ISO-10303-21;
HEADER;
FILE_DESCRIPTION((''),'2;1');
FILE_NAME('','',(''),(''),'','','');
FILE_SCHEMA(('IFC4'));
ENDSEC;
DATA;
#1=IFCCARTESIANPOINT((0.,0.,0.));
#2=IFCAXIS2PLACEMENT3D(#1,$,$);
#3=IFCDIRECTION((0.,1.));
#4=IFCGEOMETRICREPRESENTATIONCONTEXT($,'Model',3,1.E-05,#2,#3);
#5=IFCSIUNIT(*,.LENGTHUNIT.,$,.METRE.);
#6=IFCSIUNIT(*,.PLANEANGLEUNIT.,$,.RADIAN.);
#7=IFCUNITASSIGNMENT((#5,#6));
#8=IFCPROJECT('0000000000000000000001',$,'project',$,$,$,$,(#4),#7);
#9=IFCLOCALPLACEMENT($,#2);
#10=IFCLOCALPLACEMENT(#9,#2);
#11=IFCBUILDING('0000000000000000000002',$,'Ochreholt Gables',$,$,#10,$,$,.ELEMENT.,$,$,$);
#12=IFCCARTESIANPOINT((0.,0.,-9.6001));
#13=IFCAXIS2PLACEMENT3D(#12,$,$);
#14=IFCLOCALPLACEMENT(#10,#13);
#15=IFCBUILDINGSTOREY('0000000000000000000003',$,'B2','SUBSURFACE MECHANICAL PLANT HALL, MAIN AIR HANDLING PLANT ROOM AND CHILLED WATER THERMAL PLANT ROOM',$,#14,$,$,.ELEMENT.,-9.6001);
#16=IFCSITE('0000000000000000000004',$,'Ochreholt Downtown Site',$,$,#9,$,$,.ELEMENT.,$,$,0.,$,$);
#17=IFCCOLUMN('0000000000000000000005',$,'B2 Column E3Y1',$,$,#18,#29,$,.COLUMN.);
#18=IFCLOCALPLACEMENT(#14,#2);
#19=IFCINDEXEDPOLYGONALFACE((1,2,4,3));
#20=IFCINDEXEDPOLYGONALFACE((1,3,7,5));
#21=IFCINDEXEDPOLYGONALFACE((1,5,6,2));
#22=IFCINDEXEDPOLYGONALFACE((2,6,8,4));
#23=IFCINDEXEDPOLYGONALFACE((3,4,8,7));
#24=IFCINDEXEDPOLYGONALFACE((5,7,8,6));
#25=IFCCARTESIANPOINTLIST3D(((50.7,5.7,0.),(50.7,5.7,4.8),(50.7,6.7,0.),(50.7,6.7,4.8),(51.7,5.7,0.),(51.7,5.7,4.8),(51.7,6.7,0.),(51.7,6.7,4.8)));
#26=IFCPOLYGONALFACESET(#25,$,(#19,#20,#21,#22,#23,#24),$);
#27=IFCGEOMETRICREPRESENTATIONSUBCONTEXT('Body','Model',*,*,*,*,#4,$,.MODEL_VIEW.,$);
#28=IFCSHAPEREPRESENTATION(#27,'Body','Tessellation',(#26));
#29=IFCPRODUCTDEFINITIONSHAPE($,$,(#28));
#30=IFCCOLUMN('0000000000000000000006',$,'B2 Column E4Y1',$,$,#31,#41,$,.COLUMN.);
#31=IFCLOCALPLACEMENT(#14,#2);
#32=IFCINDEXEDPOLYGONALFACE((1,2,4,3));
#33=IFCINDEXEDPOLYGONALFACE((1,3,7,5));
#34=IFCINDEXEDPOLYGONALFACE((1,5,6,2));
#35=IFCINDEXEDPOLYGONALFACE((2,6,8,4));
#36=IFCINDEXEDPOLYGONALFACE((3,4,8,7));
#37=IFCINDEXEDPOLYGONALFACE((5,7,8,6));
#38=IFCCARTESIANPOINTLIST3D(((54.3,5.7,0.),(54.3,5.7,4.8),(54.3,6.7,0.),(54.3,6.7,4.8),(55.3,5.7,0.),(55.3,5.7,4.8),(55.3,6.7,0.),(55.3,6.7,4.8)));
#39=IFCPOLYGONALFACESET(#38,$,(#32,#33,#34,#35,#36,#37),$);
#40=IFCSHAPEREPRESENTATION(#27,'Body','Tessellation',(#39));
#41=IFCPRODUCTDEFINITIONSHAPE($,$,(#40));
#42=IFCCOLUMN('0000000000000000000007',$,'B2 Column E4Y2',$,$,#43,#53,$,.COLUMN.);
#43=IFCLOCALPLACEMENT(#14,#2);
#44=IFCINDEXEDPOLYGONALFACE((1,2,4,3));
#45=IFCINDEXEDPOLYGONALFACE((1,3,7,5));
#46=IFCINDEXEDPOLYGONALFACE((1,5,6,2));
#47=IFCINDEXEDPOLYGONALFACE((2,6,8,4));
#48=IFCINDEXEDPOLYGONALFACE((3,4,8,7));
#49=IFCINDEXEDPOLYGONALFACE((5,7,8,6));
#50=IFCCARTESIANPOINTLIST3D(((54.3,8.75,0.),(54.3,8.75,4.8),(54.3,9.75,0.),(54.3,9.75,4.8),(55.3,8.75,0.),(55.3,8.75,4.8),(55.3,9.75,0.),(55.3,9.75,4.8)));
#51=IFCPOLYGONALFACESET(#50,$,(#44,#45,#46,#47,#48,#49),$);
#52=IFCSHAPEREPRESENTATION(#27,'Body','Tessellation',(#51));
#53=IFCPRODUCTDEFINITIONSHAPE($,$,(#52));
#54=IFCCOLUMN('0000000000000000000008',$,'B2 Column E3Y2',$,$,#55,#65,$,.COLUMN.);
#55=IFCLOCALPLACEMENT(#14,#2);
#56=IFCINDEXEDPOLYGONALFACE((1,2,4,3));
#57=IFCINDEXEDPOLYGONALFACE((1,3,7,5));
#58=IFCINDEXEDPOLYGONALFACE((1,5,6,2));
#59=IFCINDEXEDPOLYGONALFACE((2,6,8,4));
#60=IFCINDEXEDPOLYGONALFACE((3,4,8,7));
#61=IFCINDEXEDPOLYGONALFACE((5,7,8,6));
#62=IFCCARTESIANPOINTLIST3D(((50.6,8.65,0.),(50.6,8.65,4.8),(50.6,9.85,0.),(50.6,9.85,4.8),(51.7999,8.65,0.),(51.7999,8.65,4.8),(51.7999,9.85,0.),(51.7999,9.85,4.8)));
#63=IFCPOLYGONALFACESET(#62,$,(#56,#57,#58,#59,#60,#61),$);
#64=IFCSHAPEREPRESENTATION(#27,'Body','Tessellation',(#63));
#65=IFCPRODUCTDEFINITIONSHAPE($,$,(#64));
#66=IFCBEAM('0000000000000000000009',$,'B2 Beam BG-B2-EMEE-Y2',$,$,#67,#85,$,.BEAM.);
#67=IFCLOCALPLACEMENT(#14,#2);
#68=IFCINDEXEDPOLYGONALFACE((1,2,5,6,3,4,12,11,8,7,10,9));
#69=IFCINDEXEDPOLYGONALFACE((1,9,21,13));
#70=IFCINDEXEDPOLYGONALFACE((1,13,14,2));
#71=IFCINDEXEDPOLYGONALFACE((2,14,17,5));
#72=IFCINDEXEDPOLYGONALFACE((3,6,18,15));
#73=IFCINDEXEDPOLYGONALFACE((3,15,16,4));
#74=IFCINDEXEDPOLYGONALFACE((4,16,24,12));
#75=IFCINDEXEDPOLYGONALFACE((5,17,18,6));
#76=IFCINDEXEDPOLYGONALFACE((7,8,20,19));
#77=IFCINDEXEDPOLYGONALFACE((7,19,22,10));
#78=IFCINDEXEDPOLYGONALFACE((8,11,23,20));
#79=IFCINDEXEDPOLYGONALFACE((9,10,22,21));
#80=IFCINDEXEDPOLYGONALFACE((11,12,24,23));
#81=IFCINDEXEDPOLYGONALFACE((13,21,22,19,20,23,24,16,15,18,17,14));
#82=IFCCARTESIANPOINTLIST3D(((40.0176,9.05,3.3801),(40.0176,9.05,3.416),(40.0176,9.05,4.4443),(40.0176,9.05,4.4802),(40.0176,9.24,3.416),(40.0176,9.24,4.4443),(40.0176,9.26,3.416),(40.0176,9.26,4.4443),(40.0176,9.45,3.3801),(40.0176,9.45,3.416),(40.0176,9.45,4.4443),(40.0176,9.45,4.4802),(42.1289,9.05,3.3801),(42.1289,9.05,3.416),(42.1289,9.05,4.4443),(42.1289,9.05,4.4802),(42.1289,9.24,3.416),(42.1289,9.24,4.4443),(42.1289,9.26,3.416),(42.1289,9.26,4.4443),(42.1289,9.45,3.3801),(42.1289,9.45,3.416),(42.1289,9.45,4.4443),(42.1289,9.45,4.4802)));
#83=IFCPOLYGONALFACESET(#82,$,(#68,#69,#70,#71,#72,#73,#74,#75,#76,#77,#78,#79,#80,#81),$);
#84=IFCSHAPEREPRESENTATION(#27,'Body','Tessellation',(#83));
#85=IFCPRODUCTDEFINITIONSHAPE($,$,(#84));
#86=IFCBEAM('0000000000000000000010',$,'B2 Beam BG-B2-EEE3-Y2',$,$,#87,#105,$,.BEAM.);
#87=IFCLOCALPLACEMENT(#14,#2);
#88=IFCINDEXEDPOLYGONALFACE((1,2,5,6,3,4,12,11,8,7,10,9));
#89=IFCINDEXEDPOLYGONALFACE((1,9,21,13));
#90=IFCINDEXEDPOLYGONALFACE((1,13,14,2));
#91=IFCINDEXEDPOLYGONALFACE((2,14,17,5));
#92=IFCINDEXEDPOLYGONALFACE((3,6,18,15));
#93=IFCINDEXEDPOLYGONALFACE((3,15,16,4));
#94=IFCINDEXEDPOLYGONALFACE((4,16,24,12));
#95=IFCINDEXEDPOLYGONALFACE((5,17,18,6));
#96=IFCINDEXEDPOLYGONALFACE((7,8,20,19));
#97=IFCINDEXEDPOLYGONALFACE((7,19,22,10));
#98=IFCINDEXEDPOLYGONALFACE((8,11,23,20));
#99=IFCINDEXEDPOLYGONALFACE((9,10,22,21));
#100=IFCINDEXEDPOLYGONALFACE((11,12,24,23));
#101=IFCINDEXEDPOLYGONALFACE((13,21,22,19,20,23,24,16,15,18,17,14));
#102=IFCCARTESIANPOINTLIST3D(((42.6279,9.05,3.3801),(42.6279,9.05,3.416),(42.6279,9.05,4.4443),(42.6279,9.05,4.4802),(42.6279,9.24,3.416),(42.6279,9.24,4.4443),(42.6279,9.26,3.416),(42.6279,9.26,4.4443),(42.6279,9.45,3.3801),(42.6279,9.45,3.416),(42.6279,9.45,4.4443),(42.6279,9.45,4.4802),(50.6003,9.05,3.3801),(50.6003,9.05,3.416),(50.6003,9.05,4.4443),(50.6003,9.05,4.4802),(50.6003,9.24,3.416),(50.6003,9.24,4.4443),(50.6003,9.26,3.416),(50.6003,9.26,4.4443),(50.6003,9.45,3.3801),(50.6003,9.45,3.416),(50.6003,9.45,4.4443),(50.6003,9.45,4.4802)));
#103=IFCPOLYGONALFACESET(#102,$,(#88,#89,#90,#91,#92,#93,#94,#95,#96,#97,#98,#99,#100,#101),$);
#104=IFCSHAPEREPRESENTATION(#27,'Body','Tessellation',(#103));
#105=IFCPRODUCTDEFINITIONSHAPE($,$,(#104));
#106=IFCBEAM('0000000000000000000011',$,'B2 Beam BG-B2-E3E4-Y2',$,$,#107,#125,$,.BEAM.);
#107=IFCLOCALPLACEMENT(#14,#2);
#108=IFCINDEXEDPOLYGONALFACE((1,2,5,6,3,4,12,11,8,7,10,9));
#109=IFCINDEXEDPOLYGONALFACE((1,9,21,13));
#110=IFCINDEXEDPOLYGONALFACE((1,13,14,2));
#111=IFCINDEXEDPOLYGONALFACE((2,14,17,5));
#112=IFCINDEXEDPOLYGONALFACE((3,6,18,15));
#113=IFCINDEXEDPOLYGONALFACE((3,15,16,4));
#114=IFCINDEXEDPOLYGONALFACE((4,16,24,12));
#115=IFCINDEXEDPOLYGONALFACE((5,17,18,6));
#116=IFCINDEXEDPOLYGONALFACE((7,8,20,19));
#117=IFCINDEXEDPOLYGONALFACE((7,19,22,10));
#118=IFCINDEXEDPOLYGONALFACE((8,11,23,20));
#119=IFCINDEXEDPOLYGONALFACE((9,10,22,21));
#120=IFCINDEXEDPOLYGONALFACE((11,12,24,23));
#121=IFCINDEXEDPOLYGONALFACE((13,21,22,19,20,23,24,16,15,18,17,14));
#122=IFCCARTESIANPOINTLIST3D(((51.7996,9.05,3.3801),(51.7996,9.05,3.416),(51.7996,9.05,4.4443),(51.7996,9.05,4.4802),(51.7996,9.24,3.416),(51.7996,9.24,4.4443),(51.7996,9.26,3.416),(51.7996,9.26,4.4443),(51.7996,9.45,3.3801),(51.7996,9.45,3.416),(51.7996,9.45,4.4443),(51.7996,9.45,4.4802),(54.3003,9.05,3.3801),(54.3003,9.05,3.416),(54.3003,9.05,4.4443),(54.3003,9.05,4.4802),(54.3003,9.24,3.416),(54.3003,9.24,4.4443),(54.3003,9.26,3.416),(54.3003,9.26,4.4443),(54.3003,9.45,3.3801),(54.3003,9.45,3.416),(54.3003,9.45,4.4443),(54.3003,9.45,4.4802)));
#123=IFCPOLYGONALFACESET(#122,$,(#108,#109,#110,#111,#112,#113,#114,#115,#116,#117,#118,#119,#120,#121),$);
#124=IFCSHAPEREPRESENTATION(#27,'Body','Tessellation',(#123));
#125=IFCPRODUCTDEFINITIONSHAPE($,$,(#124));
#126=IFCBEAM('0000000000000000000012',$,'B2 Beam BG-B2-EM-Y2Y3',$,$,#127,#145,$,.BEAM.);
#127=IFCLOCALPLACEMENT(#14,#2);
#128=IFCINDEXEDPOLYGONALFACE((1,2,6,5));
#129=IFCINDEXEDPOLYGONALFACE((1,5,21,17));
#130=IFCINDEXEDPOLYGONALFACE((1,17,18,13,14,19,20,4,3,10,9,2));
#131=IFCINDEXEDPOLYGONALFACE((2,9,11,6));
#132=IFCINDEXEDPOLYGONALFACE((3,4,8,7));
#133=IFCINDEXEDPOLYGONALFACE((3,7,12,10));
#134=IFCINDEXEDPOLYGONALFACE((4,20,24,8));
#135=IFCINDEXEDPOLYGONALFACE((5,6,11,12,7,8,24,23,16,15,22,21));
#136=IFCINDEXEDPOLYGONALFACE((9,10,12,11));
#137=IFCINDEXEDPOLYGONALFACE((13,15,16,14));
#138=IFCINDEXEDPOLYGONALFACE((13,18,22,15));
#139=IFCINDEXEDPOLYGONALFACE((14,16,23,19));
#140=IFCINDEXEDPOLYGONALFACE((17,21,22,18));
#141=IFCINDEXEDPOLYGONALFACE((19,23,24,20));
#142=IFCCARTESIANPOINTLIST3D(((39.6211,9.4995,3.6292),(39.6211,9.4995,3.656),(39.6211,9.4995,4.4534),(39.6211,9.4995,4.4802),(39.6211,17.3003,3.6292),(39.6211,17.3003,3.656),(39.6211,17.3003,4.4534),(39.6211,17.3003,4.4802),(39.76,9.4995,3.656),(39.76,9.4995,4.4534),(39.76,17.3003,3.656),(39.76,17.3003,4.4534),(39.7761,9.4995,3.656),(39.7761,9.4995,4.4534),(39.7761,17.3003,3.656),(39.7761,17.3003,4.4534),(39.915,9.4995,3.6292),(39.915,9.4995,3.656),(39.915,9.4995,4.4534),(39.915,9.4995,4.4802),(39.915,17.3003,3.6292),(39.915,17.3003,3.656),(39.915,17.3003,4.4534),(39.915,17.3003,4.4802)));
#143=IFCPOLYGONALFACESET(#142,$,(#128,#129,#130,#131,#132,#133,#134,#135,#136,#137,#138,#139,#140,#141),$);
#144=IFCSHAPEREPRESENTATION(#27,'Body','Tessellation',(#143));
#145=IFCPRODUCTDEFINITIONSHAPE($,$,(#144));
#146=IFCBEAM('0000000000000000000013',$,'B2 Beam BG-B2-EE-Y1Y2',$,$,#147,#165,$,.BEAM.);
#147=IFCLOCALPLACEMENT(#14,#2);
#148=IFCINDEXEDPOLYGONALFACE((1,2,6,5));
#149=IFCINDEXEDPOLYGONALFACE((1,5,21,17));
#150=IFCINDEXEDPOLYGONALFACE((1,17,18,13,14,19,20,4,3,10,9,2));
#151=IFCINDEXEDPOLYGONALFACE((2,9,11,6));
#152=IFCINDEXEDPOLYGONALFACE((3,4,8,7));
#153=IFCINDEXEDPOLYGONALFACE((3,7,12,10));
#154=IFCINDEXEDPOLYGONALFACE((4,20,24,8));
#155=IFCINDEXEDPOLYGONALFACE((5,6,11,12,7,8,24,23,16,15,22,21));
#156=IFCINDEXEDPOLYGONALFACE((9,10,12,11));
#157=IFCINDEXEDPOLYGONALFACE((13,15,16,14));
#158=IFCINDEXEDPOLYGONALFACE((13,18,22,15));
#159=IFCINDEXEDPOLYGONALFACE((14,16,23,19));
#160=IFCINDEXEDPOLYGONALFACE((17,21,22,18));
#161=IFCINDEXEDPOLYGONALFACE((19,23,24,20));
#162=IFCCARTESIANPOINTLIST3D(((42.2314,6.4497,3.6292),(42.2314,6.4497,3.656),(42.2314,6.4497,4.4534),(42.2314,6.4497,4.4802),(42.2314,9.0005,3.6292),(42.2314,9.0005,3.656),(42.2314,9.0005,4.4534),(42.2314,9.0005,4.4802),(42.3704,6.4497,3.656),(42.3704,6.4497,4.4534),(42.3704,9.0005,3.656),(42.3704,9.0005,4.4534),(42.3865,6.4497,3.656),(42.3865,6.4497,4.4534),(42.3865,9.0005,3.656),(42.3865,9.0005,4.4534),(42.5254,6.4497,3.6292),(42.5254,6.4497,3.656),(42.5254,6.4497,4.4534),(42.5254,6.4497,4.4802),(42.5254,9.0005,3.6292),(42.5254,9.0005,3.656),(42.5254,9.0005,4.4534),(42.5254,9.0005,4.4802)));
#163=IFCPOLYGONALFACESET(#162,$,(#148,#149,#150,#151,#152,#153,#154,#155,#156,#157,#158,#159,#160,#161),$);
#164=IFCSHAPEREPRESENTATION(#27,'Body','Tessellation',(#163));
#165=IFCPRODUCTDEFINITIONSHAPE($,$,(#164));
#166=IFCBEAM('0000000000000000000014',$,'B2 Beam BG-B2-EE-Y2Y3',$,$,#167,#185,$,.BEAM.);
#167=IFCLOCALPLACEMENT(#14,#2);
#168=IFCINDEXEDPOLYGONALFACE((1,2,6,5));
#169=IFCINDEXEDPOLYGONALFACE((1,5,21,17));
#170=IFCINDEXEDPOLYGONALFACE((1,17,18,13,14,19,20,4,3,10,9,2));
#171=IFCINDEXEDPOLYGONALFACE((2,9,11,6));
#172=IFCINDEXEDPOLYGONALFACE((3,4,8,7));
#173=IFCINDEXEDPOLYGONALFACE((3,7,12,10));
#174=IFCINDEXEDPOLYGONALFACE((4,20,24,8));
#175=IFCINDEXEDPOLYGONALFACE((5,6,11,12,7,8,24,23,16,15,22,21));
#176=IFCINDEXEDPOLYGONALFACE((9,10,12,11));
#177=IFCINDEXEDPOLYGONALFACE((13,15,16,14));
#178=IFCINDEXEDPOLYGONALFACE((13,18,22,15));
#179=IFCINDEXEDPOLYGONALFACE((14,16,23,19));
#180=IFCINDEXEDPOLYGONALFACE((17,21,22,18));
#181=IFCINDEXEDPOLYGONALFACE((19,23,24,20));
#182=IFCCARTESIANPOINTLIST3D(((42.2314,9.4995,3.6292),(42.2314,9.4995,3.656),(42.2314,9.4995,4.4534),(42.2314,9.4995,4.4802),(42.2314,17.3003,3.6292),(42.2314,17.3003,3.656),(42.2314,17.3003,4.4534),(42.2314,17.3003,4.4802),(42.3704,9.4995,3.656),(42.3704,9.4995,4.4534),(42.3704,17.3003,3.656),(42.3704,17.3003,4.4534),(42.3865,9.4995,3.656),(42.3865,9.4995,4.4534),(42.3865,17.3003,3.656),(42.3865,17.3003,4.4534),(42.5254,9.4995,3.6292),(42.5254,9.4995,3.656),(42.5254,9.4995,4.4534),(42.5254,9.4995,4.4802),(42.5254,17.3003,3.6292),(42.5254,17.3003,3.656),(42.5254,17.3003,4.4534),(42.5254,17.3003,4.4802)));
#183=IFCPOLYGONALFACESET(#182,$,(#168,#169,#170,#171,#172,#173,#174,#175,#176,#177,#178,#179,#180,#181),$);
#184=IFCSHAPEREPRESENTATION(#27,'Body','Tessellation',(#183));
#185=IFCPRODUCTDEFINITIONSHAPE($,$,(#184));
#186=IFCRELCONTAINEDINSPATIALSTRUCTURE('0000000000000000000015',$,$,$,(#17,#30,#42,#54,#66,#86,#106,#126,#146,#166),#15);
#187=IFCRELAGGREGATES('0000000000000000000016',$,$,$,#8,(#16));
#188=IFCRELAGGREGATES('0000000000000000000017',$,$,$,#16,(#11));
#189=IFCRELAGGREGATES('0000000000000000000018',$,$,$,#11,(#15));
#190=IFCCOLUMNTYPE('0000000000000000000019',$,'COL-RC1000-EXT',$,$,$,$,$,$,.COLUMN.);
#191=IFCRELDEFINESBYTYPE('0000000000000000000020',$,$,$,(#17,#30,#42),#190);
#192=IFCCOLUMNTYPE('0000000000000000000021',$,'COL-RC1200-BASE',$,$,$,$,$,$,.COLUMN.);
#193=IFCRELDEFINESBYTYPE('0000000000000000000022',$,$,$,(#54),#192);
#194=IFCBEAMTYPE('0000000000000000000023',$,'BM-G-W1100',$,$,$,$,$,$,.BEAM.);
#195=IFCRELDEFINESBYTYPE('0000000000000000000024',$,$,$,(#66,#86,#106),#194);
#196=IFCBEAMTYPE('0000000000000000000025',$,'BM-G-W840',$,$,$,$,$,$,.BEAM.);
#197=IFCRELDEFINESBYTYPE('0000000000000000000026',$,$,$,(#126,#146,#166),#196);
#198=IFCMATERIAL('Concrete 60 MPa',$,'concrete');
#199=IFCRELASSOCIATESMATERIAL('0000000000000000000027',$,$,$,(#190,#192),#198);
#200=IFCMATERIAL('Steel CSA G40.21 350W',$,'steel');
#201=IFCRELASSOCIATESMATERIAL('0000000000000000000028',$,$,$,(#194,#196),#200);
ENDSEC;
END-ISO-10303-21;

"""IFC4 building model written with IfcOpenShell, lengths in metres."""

from ifc_helpers import new_model, si_unit, direction, frame, origin, origin_2d, place, context, subcontext, project, spatial, rectangle, i_section, extrude, material, material_profile, profile_set, type_object, element, save


model = new_model("IFC4")

# Units and contexts
model_context = context("Model", 3, precision=1e-05, world=origin(), true_north=direction((0.0, 1.0)))
body_context = subcontext(model_context, "Body", "Model", "MODEL_VIEW")
ifc_project = project(units=[si_unit("LENGTHUNIT", "METRE"), si_unit("PLANEANGLEUNIT", "RADIAN")], contexts=[model_context])

# Site, building, storey
site_placement = place(None, origin())
site = spatial("IfcSite", under=ifc_project, at=site_placement, Name="Ochreholt Downtown Site", CompositionType="ELEMENT", RefElevation=0.0)
building_placement = place(site_placement, origin())
building = spatial("IfcBuilding", under=site, at=building_placement, Name="Ochreholt Gables", CompositionType="ELEMENT")
storey_placement = place(building_placement, frame((0.0, 0.0, -9.6001)))
storey = spatial("IfcBuildingStorey", under=building, at=storey_placement, Name="B2", Description="SUBSURFACE MECHANICAL PLANT HALL, MAIN AIR HANDLING PLANT ROOM AND CHILLED WATER THERMAL PLANT ROOM", CompositionType="ELEMENT", Elevation=-9.6001)

# Columns
ifc_material_1 = material(Name="Steel CSA G40.21 350W", Category="steel")
ifc_material_2 = material(Name="Concrete 60 MPa", Category="concrete")
ifc_material_profile_1 = material_profile(ifc_material_2, rectangle(XDim=1.0, YDim=1.0, at=origin_2d()), Name="RC1000X1000")
ifc_profile_set_1 = profile_set([ifc_material_profile_1], Name="Concrete 60 MPa")
column_type_1 = type_object("IfcColumnType", Name="COL-RC1000-EXT", PredefinedType="COLUMN", material=ifc_profile_set_1)
for number, where, z_axis, x_axis, name in (
    (1, (51.2, 6.2, 0.0), (0.0, 0.0, 1.0), (1.0, 0.0, 0.0), "B2 Column E3Y1"),
    (2, (54.8, 6.2, 0.0), (0.0, 0.0, 1.0), (1.0, 0.0, 0.0), "B2 Column E4Y1"),
    (3, (54.8, 9.25, 0.0), (0.0, 0.0, 1.0), (1.0, 0.0, 0.0), "B2 Column E4Y2"),
):
    element("IfcColumn", number, at=place(storey_placement, frame(where, z_axis=z_axis, x_axis=x_axis)), inside=storey, type_object=column_type_1, Name=name, PredefinedType="COLUMN", context=body_context, shape_type="SweptSolid", body=[
        extrude(rectangle(XDim=1.0, YDim=1.0, at=origin_2d()), origin(), (0.0, 0.0, 1.0), 4.8),
    ])
ifc_material_profile_2 = material_profile(ifc_material_2, rectangle(XDim=1.2, YDim=1.2, at=origin_2d()), Name="RC1200X1200")
ifc_profile_set_2 = profile_set([ifc_material_profile_2], Name="Concrete 60 MPa")
column_type_2 = type_object("IfcColumnType", Name="COL-RC1200-BASE", PredefinedType="COLUMN", material=ifc_profile_set_2)
column_1_placement = place(storey_placement, frame((51.2, 9.25, 0.0), z_axis=(0.0, 0.0, 1.0), x_axis=(1.0, 0.0, 0.0)))
element("IfcColumn", 4, at=column_1_placement, inside=storey, type_object=column_type_2, Name="B2 Column E3Y2", PredefinedType="COLUMN", context=body_context, shape_type="SweptSolid", body=[
    extrude(rectangle(XDim=1.2, YDim=1.2, at=origin_2d()), origin(), (0.0, 0.0, 1.0), 4.8),
])

# Beams
ifc_material_profile_3 = material_profile(ifc_material_1, i_section(OverallWidth=0.3999, OverallDepth=1.1001, WebThickness=0.02, FlangeThickness=0.0359, at=origin_2d()), Name="W1100X390")
ifc_profile_set_3 = profile_set([ifc_material_profile_3], Name="Steel CSA G40.21 350W")
beam_type_1 = type_object("IfcBeamType", Name="BM-G-W1100", PredefinedType="BEAM", material=ifc_profile_set_3)
beam_1_placement = place(storey_placement, frame((40.0176, 9.25, 3.9302), z_axis=(1.0, 0.0, 0.0), x_axis=(0.0, 1.0, 0.0)))
element("IfcBeam", 5, at=beam_1_placement, inside=storey, type_object=beam_type_1, Name="B2 Beam BG-B2-EMEE-Y2", PredefinedType="BEAM", context=body_context, shape_type="SweptSolid", body=[
    extrude(i_section(OverallWidth=0.3999, OverallDepth=1.1001, WebThickness=0.02, FlangeThickness=0.0359, at=origin_2d()), origin(), (0.0, 0.0, 1.0), 2.1113),
])
beam_2_placement = place(storey_placement, frame((42.6279, 9.25, 3.9302), z_axis=(1.0, 0.0, 0.0), x_axis=(0.0, 1.0, 0.0)))
element("IfcBeam", 6, at=beam_2_placement, inside=storey, type_object=beam_type_1, Name="B2 Beam BG-B2-EEE3-Y2", PredefinedType="BEAM", context=body_context, shape_type="SweptSolid", body=[
    extrude(i_section(OverallWidth=0.3999, OverallDepth=1.1001, WebThickness=0.02, FlangeThickness=0.0359, at=origin_2d()), origin(), (0.0, 0.0, 1.0), 7.9724),
])
beam_3_placement = place(storey_placement, frame((51.7996, 9.25, 3.9302), z_axis=(1.0, 0.0, 0.0), x_axis=(0.0, 1.0, 0.0)))
element("IfcBeam", 7, at=beam_3_placement, inside=storey, type_object=beam_type_1, Name="B2 Beam BG-B2-E3E4-Y2", PredefinedType="BEAM", context=body_context, shape_type="SweptSolid", body=[
    extrude(i_section(OverallWidth=0.3999, OverallDepth=1.1001, WebThickness=0.02, FlangeThickness=0.0359, at=origin_2d()), origin(), (0.0, 0.0, 1.0), 2.5007),
])
ifc_material_profile_4 = material_profile(ifc_material_1, i_section(OverallWidth=0.2939, OverallDepth=0.8511, WebThickness=0.0161, FlangeThickness=0.0269, at=origin_2d()), Name="W840X226")
ifc_profile_set_4 = profile_set([ifc_material_profile_4], Name="Steel CSA G40.21 350W")
beam_type_2 = type_object("IfcBeamType", Name="BM-G-W840", PredefinedType="BEAM", material=ifc_profile_set_4)
beam_4_placement = place(storey_placement, frame((39.7681, 9.4995, 4.0547), z_axis=(0.0, 1.0, 0.0), x_axis=(-1.0, 0.0, 0.0)))
element("IfcBeam", 8, at=beam_4_placement, inside=storey, type_object=beam_type_2, Name="B2 Beam BG-B2-EM-Y2Y3", PredefinedType="BEAM", context=body_context, shape_type="SweptSolid", body=[
    extrude(i_section(OverallWidth=0.2939, OverallDepth=0.8511, WebThickness=0.0161, FlangeThickness=0.0269, at=origin_2d()), origin(), (0.0, 0.0, 1.0), 7.8008),
])
beam_5_placement = place(storey_placement, frame((42.3784, 6.4497, 4.0547), z_axis=(0.0, 1.0, 0.0), x_axis=(-1.0, 0.0, 0.0)))
element("IfcBeam", 9, at=beam_5_placement, inside=storey, type_object=beam_type_2, Name="B2 Beam BG-B2-EE-Y1Y2", PredefinedType="BEAM", context=body_context, shape_type="SweptSolid", body=[
    extrude(i_section(OverallWidth=0.2939, OverallDepth=0.8511, WebThickness=0.0161, FlangeThickness=0.0269, at=origin_2d()), origin(), (0.0, 0.0, 1.0), 2.5508),
])
beam_6_placement = place(storey_placement, frame((42.3784, 9.4995, 4.0547), z_axis=(0.0, 1.0, 0.0), x_axis=(-1.0, 0.0, 0.0)))
element("IfcBeam", 10, at=beam_6_placement, inside=storey, type_object=beam_type_2, Name="B2 Beam BG-B2-EE-Y2Y3", PredefinedType="BEAM", context=body_context, shape_type="SweptSolid", body=[
    extrude(i_section(OverallWidth=0.2939, OverallDepth=0.8511, WebThickness=0.0161, FlangeThickness=0.0269, at=origin_2d()), origin(), (0.0, 0.0, 1.0), 7.8008),
])

save(model, "model.ifc")
